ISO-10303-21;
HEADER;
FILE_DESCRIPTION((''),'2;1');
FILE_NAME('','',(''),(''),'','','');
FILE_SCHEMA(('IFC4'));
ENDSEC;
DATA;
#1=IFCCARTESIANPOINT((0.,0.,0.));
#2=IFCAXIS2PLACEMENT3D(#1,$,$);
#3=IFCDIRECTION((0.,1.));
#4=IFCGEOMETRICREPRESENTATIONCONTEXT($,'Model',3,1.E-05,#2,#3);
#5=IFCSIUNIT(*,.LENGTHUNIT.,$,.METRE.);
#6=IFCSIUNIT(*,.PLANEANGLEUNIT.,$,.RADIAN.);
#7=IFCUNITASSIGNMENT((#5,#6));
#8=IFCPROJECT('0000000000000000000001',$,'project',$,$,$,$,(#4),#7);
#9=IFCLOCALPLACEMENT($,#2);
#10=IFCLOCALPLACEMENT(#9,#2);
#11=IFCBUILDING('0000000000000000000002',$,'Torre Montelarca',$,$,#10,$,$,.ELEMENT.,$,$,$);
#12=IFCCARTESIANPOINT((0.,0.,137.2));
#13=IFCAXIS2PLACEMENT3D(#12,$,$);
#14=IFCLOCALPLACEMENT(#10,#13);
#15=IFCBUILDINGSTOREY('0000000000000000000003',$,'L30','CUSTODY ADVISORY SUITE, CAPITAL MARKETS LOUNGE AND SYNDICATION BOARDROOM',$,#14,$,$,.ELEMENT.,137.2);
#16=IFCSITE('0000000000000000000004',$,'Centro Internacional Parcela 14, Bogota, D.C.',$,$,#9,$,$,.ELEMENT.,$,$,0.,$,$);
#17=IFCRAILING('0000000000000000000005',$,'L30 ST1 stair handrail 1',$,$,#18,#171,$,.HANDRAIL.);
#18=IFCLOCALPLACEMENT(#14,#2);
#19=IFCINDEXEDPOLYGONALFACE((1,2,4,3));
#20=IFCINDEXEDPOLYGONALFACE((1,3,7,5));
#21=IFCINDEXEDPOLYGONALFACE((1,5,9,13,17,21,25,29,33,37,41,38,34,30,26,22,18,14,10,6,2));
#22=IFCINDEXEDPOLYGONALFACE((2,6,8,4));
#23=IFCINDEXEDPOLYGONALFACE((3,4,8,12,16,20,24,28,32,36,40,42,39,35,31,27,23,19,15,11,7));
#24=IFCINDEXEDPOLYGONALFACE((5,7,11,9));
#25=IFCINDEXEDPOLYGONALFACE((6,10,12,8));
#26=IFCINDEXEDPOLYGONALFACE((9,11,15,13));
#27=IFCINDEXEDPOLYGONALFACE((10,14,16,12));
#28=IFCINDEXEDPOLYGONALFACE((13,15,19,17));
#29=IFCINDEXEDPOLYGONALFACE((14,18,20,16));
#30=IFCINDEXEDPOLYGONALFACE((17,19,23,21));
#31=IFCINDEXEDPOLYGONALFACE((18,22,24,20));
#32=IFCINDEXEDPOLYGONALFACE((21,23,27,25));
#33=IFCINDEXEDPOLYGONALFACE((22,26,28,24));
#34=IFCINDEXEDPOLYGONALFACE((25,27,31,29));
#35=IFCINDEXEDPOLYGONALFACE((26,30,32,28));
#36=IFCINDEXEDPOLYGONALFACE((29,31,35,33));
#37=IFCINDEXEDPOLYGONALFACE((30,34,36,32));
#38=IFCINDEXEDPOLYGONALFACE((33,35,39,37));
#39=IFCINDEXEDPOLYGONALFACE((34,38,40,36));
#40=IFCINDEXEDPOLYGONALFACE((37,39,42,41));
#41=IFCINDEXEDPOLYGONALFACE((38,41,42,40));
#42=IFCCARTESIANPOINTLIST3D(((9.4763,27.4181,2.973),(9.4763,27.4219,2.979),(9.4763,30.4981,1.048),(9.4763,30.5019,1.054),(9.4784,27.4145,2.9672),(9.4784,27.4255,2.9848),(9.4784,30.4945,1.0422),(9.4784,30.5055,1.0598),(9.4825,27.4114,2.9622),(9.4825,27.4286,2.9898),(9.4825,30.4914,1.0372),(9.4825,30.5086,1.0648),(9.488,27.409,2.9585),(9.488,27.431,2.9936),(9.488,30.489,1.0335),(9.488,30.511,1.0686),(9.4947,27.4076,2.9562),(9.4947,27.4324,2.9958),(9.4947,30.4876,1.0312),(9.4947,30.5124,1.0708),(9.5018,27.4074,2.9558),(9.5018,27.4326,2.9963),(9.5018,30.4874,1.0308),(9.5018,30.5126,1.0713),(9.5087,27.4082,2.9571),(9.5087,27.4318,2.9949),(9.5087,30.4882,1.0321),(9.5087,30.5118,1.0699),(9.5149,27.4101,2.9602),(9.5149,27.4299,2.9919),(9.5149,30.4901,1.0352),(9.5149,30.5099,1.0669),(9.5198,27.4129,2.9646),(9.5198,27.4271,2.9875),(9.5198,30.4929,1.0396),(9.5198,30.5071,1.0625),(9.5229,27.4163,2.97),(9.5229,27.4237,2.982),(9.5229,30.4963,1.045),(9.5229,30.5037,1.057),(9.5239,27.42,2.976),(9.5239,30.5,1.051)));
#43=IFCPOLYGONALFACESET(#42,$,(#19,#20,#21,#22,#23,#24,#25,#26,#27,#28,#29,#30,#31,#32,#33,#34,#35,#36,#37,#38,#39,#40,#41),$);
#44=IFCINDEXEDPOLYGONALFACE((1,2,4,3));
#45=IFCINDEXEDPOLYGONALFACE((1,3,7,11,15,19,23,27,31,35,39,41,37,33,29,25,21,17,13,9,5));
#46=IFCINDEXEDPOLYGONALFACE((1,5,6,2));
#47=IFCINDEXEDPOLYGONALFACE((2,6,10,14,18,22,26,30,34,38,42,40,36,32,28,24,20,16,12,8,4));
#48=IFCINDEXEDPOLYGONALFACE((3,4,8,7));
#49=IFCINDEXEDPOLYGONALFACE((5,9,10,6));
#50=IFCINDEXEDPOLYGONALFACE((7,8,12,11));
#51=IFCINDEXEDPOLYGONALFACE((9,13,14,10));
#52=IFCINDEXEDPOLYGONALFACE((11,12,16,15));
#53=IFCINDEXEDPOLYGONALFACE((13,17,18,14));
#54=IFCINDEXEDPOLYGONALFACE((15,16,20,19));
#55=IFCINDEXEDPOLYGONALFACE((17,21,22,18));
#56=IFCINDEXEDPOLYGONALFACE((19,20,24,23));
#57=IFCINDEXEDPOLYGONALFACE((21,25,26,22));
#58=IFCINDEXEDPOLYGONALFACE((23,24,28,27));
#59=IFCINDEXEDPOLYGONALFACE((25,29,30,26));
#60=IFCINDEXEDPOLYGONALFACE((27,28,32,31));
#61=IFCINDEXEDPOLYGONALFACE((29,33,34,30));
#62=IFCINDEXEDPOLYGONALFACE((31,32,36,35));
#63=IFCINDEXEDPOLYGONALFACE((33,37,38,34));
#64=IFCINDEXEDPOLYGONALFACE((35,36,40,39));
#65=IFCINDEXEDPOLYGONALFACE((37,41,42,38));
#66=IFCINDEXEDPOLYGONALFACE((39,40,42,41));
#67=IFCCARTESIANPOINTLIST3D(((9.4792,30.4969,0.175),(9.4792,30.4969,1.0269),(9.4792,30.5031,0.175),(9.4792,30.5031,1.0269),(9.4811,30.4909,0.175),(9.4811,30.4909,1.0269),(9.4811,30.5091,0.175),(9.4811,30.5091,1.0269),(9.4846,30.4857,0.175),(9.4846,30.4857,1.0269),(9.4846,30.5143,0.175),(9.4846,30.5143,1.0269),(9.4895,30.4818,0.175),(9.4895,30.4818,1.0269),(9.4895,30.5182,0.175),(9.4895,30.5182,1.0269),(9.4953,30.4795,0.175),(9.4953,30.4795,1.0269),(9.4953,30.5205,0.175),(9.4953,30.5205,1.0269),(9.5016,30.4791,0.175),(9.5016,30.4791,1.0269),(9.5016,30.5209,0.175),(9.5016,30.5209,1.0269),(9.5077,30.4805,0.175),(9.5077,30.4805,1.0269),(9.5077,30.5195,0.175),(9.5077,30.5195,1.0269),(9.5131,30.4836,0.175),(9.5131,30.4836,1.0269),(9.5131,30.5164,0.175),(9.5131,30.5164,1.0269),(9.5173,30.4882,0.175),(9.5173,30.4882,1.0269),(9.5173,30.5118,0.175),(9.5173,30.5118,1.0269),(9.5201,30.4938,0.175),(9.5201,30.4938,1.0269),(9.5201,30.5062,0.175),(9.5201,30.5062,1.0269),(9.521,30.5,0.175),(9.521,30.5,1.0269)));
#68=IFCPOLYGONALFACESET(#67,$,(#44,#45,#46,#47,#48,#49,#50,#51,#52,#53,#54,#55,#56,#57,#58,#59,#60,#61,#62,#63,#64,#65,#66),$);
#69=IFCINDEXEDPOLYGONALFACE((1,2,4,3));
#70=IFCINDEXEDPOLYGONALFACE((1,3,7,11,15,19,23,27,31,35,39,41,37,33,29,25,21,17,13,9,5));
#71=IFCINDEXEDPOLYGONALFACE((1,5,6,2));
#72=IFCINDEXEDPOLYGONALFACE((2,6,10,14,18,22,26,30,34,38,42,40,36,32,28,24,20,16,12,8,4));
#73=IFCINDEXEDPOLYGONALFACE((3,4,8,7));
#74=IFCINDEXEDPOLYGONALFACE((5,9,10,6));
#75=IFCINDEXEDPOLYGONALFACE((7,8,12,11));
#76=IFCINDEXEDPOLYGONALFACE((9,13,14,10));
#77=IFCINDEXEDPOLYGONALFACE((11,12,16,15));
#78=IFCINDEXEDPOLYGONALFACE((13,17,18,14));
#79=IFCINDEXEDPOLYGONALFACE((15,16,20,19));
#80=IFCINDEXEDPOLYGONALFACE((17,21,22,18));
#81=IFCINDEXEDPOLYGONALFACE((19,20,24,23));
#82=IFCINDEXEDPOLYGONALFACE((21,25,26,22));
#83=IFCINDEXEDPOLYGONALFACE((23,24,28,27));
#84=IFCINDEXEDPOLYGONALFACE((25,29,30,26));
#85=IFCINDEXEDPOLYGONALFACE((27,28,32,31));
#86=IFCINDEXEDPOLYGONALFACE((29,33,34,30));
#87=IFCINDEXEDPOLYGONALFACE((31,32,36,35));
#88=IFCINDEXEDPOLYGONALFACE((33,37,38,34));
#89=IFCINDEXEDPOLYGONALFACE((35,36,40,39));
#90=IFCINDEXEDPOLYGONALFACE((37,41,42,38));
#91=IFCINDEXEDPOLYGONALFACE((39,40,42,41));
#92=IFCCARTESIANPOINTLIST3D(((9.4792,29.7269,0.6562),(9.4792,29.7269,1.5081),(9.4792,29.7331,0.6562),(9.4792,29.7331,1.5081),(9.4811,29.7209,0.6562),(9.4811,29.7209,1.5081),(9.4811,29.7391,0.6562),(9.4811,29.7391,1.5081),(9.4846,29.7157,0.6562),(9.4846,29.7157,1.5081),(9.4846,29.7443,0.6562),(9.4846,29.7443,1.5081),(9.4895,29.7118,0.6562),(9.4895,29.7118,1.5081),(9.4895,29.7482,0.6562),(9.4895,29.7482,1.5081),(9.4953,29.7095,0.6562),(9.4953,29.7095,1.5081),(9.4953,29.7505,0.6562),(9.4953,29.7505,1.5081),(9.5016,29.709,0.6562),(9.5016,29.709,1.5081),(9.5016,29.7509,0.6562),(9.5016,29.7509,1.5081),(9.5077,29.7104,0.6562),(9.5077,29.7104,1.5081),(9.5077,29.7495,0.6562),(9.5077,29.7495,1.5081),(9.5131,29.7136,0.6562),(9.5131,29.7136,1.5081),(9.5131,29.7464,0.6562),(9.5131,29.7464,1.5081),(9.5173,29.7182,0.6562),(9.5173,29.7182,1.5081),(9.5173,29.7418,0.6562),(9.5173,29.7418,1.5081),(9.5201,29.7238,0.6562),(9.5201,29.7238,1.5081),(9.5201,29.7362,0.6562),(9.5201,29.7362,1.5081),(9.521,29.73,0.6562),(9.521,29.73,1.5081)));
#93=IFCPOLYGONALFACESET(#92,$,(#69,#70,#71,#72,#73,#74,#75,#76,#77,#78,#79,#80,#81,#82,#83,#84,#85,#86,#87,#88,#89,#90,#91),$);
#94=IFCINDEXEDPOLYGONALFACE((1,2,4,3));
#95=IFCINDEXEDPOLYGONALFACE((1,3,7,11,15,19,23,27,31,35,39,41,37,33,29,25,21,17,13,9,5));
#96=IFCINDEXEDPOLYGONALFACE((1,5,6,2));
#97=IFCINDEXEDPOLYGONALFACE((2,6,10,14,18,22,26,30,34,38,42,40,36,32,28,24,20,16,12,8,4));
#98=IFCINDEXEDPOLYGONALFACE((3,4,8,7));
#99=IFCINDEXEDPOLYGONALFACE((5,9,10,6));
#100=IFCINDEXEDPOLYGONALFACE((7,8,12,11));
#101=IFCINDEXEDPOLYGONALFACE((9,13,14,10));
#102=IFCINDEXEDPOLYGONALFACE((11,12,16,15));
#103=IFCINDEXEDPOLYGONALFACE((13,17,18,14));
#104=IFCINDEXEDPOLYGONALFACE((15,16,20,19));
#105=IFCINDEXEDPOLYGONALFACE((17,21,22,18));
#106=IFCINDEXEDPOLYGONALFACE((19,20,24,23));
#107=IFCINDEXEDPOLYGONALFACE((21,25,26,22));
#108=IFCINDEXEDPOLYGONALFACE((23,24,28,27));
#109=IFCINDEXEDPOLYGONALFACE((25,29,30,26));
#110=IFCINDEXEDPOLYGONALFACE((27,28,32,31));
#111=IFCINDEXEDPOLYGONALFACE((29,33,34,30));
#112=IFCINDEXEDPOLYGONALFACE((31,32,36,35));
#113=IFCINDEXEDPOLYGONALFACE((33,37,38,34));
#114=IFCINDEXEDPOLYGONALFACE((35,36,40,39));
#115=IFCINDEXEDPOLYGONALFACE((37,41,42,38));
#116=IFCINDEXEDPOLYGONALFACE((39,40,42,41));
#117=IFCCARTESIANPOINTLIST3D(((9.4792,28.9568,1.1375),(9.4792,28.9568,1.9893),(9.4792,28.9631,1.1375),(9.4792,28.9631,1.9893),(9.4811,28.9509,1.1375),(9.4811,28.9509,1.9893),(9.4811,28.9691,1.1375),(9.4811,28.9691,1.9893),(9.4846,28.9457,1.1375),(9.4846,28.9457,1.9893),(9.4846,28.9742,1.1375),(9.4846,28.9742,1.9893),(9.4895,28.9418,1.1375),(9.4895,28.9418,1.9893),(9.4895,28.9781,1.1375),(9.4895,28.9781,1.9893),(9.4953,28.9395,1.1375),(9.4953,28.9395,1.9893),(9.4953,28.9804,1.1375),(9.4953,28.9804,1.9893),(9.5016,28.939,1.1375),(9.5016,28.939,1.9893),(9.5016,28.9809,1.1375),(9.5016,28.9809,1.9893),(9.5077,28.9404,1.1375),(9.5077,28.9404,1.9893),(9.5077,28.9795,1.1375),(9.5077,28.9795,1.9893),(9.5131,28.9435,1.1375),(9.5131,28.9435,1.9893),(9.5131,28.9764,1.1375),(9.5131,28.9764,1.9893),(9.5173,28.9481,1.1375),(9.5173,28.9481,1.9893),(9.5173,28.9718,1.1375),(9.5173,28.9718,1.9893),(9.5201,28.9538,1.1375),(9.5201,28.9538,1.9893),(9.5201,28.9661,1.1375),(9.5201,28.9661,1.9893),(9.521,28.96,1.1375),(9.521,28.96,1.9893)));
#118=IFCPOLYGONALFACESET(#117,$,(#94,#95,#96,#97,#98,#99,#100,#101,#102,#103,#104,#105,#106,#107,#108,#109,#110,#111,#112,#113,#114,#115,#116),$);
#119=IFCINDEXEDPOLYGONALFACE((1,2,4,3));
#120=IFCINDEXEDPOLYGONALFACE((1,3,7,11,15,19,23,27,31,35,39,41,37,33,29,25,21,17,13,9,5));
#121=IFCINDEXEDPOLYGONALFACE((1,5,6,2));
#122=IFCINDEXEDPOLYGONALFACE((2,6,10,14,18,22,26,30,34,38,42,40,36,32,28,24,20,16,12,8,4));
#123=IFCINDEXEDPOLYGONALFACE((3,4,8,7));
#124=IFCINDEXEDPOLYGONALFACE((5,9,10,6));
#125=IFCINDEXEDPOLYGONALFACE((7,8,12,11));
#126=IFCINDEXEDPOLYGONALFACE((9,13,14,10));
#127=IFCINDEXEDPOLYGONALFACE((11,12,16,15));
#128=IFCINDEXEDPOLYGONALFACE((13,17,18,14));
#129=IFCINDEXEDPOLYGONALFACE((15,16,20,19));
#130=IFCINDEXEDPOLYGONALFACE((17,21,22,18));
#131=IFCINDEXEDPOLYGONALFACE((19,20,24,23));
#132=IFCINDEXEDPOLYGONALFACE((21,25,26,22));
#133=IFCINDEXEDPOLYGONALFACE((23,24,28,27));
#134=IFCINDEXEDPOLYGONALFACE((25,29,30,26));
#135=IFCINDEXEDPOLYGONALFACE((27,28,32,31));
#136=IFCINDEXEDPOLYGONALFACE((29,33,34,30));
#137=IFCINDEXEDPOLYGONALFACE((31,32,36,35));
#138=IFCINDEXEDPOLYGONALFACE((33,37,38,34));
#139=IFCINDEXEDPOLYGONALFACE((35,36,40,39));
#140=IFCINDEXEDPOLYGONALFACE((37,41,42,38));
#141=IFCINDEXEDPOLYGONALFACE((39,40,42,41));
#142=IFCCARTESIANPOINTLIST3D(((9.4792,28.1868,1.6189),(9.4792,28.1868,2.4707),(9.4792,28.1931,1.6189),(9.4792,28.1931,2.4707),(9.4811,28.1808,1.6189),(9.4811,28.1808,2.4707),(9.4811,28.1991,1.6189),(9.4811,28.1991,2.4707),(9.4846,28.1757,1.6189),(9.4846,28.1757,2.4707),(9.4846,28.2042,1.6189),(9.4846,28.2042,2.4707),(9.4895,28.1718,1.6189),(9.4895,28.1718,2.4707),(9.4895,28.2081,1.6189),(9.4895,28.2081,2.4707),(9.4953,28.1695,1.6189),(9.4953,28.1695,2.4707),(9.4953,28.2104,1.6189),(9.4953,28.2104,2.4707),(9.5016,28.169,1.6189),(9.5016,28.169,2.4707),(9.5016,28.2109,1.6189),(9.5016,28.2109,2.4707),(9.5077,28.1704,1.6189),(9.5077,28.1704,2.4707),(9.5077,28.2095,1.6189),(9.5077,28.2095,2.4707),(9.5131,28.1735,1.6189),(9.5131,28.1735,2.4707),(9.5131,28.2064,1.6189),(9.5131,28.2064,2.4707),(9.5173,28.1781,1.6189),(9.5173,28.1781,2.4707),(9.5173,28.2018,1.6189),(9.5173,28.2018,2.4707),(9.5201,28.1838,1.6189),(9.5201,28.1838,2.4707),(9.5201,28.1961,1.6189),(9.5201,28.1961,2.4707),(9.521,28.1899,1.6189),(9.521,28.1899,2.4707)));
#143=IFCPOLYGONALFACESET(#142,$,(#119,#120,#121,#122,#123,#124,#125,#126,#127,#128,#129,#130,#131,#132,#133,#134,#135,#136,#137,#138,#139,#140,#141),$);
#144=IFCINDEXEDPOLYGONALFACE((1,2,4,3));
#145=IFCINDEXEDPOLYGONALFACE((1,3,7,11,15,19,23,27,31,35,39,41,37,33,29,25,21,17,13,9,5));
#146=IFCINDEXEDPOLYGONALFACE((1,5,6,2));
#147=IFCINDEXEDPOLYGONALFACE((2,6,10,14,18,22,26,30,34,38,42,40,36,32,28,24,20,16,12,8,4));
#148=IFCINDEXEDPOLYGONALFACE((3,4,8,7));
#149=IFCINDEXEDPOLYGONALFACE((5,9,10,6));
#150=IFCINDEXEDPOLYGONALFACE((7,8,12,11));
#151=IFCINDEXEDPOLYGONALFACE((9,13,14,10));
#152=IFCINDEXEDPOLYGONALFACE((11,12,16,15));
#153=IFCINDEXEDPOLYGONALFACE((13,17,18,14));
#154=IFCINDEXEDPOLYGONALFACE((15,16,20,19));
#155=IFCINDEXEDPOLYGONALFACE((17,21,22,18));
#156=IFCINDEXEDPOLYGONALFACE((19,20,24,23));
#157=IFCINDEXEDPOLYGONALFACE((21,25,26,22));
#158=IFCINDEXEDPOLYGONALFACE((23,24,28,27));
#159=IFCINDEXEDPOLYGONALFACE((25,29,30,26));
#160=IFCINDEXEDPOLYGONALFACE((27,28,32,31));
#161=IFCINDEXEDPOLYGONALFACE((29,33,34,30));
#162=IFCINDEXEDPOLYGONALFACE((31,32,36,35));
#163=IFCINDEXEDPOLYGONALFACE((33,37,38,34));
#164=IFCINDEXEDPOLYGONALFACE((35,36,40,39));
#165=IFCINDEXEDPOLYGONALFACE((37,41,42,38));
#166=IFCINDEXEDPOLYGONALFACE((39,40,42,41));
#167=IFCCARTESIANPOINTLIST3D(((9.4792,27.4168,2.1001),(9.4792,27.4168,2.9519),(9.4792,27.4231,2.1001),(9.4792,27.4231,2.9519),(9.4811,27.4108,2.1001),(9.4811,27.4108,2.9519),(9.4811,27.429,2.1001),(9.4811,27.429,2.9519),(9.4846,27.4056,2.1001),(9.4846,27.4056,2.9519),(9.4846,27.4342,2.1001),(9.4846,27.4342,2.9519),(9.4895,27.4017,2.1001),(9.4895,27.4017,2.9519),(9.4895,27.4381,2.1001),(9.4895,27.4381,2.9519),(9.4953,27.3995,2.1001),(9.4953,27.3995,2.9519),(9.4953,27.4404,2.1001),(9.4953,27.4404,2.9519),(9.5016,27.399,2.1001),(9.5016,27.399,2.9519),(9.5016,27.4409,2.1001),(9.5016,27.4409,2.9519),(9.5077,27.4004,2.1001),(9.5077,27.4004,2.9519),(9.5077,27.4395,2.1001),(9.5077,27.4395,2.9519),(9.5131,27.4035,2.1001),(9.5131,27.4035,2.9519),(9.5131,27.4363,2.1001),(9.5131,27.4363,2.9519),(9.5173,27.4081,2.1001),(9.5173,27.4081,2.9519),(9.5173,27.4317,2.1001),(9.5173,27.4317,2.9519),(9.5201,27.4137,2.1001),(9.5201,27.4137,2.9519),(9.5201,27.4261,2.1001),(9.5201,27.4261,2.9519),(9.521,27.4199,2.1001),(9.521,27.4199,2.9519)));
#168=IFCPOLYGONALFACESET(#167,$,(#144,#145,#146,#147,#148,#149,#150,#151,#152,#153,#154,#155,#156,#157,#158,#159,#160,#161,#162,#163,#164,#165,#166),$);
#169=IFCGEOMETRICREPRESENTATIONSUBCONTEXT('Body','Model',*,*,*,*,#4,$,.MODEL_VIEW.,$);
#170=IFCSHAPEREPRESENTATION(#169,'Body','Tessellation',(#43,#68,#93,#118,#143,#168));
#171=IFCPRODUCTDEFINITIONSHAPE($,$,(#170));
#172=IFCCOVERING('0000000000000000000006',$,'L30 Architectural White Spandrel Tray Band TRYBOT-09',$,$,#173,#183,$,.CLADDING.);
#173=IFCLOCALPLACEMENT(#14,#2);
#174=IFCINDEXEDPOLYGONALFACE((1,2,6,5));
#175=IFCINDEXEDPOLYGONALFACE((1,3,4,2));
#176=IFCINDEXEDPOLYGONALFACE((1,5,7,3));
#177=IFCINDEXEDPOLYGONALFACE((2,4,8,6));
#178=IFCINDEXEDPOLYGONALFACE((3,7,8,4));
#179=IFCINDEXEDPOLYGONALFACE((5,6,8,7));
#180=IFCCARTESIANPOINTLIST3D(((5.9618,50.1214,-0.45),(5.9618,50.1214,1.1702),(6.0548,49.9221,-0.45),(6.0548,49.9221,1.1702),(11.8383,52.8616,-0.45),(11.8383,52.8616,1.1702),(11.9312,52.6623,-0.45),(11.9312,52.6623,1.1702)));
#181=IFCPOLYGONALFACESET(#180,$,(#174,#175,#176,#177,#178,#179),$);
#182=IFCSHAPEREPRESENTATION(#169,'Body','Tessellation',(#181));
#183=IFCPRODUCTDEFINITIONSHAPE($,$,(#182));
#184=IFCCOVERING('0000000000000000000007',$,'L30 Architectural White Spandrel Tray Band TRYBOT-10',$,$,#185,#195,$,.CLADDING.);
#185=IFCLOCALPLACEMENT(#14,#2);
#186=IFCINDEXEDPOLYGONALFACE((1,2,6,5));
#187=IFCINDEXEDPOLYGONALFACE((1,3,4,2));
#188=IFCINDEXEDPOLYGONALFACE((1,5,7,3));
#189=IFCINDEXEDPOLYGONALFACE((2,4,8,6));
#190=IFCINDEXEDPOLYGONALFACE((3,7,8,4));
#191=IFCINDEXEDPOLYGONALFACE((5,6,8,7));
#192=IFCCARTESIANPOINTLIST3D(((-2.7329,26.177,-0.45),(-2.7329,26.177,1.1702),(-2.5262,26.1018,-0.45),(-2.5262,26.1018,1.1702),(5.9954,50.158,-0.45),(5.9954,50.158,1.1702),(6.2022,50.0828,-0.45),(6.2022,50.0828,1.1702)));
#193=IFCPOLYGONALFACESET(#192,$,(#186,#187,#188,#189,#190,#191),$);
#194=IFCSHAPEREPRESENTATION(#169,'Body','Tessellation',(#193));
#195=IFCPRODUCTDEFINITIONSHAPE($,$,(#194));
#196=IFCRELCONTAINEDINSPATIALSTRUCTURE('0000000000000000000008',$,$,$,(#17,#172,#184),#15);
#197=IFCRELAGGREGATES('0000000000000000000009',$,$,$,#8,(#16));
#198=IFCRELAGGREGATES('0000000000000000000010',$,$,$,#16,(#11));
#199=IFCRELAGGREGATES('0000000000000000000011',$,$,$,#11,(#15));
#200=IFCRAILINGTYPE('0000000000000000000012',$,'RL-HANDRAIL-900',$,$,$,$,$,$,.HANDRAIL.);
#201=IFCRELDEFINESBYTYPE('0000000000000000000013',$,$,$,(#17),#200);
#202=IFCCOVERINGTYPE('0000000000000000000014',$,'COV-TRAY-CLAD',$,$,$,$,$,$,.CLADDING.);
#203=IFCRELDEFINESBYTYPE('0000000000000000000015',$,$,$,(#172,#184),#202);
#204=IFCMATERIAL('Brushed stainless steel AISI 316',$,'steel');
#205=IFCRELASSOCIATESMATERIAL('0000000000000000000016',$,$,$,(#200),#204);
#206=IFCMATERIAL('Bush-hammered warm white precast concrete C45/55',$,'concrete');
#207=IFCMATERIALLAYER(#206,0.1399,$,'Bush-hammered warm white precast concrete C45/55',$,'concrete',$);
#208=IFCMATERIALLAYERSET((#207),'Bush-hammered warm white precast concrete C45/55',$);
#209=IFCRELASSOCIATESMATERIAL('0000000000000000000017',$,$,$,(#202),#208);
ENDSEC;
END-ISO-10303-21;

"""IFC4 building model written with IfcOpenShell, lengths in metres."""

from ifc_helpers import new_model, si_unit, direction, frame, origin, origin_2d, place, context, subcontext, project, spatial, rectangle, circle, extrude, source, transform, mapped, material, layer, layer_set, type_object, element, save


model = new_model("IFC4")

# Units and contexts
model_context = context("Model", 3, precision=1e-05, world=origin(), true_north=direction((0.0, 1.0)))
body_context = subcontext(model_context, "Body", "Model", "MODEL_VIEW")
ifc_project = project(units=[si_unit("LENGTHUNIT", "METRE"), si_unit("PLANEANGLEUNIT", "RADIAN")], contexts=[model_context])

# Site, building, storey
site_placement = place(None, origin())
site = spatial("IfcSite", under=ifc_project, at=site_placement, Name="Centro Internacional Parcela 14, Bogota, D.C.", CompositionType="ELEMENT", RefElevation=0.0)
building_placement = place(site_placement, origin())
building = spatial("IfcBuilding", under=site, at=building_placement, Name="Torre Montelarca", CompositionType="ELEMENT")
storey_placement = place(building_placement, frame((0.0, 0.0, 137.2)))
storey = spatial("IfcBuildingStorey", under=building, at=storey_placement, Name="L30", Description="CUSTODY ADVISORY SUITE, CAPITAL MARKETS LOUNGE AND SYNDICATION BOARDROOM", CompositionType="ELEMENT", Elevation=137.2)

# Shared definitions
ifc_material_1 = material(Name="Brushed stainless steel AISI 316", Category="steel")

# Railing
railing_type = type_object("IfcRailingType", Name="RL-HANDRAIL-900", PredefinedType="HANDRAIL", material=ifc_material_1)
railing_placement = place(storey_placement, frame((9.5, 30.5, 0.175)))
element("IfcRailing", 1, at=railing_placement, inside=storey, type_object=railing_type, Name="L30 ST1 stair handrail 1", PredefinedType="HANDRAIL", context=body_context, shape_type="SweptSolid", body=[
    extrude(circle(Radius=0.0239, at=origin_2d()), frame((0.0, 0.0, 0.876), z_axis=(0.0, -0.847998, 0.529999), x_axis=(1.0, 0.0, 0.0)), (0.0, 0.0, 1.0), 3.6321),
    extrude(circle(Radius=0.021, at=origin_2d()), origin(), (0.0, 0.0, 1.0), 0.8518),
    extrude(circle(Radius=0.021, at=origin_2d()), frame((0.0, -0.77, 0.4812)), (0.0, 0.0, 1.0), 0.8518),
    extrude(circle(Radius=0.021, at=origin_2d()), frame((0.0, -1.54, 0.9624)), (0.0, 0.0, 1.0), 0.8518),
    extrude(circle(Radius=0.021, at=origin_2d()), frame((0.0, -2.3101, 1.4438)), (0.0, 0.0, 1.0), 0.8518),
    extrude(circle(Radius=0.021, at=origin_2d()), frame((0.0, -3.0801, 1.925)), (0.0, 0.0, 1.0), 0.8518),
])

# Coverings
ifc_material_2 = material(Name="Bush-hammered warm white precast concrete C45/55", Category="concrete")
ifc_layer_1 = layer(ifc_material_2, 0.1399, Name="Bush-hammered warm white precast concrete C45/55", Category="concrete")
ifc_layer_set_1 = layer_set([ifc_layer_1], Name="Bush-hammered warm white precast concrete C45/55")
covering_type = type_object("IfcCoveringType", Name="COV-TRAY-CLAD", PredefinedType="CLADDING", material=ifc_layer_set_1)
shared_shape_1 = source(origin(), body_context, "Body", "SweptSolid", [
    extrude(rectangle(XDim=6.4839, YDim=0.22, at=origin_2d()), origin(), (0.0, 0.0, 1.0), 1.6201),
])
covering_1_placement = place(storey_placement, frame((8.9465, 51.3918, -0.45), z_axis=(0.0, 0.0, 1.0), x_axis=(-0.906309, -0.422615, 0.0)))
element("IfcCovering", 2, at=covering_1_placement, inside=storey, type_object=covering_type, Name="L30 Architectural White Spandrel Tray Band TRYBOT-09", PredefinedType="CLADDING", context=body_context, shape_type="MappedRepresentation", body=[
    mapped(shared_shape_1, transform((0.0, 0.0, 0.0), scale=1.0)),
])
shared_shape_2 = source(origin(), body_context, "Body", "SweptSolid", [
    extrude(rectangle(XDim=25.52, YDim=0.22, at=origin_2d()), origin(), (0.0, 0.0, 1.0), 1.6201),
])
covering_2_placement = place(storey_placement, frame((1.7346, 38.1299, -0.45), z_axis=(0.0, 0.0, 1.0), x_axis=(-0.34202, -0.939693, 0.0)))
element("IfcCovering", 3, at=covering_2_placement, inside=storey, type_object=covering_type, Name="L30 Architectural White Spandrel Tray Band TRYBOT-10", PredefinedType="CLADDING", context=body_context, shape_type="MappedRepresentation", body=[
    mapped(shared_shape_2, transform((0.0, 0.0, 0.0), scale=1.0)),
])

save(model, "model.ifc")
